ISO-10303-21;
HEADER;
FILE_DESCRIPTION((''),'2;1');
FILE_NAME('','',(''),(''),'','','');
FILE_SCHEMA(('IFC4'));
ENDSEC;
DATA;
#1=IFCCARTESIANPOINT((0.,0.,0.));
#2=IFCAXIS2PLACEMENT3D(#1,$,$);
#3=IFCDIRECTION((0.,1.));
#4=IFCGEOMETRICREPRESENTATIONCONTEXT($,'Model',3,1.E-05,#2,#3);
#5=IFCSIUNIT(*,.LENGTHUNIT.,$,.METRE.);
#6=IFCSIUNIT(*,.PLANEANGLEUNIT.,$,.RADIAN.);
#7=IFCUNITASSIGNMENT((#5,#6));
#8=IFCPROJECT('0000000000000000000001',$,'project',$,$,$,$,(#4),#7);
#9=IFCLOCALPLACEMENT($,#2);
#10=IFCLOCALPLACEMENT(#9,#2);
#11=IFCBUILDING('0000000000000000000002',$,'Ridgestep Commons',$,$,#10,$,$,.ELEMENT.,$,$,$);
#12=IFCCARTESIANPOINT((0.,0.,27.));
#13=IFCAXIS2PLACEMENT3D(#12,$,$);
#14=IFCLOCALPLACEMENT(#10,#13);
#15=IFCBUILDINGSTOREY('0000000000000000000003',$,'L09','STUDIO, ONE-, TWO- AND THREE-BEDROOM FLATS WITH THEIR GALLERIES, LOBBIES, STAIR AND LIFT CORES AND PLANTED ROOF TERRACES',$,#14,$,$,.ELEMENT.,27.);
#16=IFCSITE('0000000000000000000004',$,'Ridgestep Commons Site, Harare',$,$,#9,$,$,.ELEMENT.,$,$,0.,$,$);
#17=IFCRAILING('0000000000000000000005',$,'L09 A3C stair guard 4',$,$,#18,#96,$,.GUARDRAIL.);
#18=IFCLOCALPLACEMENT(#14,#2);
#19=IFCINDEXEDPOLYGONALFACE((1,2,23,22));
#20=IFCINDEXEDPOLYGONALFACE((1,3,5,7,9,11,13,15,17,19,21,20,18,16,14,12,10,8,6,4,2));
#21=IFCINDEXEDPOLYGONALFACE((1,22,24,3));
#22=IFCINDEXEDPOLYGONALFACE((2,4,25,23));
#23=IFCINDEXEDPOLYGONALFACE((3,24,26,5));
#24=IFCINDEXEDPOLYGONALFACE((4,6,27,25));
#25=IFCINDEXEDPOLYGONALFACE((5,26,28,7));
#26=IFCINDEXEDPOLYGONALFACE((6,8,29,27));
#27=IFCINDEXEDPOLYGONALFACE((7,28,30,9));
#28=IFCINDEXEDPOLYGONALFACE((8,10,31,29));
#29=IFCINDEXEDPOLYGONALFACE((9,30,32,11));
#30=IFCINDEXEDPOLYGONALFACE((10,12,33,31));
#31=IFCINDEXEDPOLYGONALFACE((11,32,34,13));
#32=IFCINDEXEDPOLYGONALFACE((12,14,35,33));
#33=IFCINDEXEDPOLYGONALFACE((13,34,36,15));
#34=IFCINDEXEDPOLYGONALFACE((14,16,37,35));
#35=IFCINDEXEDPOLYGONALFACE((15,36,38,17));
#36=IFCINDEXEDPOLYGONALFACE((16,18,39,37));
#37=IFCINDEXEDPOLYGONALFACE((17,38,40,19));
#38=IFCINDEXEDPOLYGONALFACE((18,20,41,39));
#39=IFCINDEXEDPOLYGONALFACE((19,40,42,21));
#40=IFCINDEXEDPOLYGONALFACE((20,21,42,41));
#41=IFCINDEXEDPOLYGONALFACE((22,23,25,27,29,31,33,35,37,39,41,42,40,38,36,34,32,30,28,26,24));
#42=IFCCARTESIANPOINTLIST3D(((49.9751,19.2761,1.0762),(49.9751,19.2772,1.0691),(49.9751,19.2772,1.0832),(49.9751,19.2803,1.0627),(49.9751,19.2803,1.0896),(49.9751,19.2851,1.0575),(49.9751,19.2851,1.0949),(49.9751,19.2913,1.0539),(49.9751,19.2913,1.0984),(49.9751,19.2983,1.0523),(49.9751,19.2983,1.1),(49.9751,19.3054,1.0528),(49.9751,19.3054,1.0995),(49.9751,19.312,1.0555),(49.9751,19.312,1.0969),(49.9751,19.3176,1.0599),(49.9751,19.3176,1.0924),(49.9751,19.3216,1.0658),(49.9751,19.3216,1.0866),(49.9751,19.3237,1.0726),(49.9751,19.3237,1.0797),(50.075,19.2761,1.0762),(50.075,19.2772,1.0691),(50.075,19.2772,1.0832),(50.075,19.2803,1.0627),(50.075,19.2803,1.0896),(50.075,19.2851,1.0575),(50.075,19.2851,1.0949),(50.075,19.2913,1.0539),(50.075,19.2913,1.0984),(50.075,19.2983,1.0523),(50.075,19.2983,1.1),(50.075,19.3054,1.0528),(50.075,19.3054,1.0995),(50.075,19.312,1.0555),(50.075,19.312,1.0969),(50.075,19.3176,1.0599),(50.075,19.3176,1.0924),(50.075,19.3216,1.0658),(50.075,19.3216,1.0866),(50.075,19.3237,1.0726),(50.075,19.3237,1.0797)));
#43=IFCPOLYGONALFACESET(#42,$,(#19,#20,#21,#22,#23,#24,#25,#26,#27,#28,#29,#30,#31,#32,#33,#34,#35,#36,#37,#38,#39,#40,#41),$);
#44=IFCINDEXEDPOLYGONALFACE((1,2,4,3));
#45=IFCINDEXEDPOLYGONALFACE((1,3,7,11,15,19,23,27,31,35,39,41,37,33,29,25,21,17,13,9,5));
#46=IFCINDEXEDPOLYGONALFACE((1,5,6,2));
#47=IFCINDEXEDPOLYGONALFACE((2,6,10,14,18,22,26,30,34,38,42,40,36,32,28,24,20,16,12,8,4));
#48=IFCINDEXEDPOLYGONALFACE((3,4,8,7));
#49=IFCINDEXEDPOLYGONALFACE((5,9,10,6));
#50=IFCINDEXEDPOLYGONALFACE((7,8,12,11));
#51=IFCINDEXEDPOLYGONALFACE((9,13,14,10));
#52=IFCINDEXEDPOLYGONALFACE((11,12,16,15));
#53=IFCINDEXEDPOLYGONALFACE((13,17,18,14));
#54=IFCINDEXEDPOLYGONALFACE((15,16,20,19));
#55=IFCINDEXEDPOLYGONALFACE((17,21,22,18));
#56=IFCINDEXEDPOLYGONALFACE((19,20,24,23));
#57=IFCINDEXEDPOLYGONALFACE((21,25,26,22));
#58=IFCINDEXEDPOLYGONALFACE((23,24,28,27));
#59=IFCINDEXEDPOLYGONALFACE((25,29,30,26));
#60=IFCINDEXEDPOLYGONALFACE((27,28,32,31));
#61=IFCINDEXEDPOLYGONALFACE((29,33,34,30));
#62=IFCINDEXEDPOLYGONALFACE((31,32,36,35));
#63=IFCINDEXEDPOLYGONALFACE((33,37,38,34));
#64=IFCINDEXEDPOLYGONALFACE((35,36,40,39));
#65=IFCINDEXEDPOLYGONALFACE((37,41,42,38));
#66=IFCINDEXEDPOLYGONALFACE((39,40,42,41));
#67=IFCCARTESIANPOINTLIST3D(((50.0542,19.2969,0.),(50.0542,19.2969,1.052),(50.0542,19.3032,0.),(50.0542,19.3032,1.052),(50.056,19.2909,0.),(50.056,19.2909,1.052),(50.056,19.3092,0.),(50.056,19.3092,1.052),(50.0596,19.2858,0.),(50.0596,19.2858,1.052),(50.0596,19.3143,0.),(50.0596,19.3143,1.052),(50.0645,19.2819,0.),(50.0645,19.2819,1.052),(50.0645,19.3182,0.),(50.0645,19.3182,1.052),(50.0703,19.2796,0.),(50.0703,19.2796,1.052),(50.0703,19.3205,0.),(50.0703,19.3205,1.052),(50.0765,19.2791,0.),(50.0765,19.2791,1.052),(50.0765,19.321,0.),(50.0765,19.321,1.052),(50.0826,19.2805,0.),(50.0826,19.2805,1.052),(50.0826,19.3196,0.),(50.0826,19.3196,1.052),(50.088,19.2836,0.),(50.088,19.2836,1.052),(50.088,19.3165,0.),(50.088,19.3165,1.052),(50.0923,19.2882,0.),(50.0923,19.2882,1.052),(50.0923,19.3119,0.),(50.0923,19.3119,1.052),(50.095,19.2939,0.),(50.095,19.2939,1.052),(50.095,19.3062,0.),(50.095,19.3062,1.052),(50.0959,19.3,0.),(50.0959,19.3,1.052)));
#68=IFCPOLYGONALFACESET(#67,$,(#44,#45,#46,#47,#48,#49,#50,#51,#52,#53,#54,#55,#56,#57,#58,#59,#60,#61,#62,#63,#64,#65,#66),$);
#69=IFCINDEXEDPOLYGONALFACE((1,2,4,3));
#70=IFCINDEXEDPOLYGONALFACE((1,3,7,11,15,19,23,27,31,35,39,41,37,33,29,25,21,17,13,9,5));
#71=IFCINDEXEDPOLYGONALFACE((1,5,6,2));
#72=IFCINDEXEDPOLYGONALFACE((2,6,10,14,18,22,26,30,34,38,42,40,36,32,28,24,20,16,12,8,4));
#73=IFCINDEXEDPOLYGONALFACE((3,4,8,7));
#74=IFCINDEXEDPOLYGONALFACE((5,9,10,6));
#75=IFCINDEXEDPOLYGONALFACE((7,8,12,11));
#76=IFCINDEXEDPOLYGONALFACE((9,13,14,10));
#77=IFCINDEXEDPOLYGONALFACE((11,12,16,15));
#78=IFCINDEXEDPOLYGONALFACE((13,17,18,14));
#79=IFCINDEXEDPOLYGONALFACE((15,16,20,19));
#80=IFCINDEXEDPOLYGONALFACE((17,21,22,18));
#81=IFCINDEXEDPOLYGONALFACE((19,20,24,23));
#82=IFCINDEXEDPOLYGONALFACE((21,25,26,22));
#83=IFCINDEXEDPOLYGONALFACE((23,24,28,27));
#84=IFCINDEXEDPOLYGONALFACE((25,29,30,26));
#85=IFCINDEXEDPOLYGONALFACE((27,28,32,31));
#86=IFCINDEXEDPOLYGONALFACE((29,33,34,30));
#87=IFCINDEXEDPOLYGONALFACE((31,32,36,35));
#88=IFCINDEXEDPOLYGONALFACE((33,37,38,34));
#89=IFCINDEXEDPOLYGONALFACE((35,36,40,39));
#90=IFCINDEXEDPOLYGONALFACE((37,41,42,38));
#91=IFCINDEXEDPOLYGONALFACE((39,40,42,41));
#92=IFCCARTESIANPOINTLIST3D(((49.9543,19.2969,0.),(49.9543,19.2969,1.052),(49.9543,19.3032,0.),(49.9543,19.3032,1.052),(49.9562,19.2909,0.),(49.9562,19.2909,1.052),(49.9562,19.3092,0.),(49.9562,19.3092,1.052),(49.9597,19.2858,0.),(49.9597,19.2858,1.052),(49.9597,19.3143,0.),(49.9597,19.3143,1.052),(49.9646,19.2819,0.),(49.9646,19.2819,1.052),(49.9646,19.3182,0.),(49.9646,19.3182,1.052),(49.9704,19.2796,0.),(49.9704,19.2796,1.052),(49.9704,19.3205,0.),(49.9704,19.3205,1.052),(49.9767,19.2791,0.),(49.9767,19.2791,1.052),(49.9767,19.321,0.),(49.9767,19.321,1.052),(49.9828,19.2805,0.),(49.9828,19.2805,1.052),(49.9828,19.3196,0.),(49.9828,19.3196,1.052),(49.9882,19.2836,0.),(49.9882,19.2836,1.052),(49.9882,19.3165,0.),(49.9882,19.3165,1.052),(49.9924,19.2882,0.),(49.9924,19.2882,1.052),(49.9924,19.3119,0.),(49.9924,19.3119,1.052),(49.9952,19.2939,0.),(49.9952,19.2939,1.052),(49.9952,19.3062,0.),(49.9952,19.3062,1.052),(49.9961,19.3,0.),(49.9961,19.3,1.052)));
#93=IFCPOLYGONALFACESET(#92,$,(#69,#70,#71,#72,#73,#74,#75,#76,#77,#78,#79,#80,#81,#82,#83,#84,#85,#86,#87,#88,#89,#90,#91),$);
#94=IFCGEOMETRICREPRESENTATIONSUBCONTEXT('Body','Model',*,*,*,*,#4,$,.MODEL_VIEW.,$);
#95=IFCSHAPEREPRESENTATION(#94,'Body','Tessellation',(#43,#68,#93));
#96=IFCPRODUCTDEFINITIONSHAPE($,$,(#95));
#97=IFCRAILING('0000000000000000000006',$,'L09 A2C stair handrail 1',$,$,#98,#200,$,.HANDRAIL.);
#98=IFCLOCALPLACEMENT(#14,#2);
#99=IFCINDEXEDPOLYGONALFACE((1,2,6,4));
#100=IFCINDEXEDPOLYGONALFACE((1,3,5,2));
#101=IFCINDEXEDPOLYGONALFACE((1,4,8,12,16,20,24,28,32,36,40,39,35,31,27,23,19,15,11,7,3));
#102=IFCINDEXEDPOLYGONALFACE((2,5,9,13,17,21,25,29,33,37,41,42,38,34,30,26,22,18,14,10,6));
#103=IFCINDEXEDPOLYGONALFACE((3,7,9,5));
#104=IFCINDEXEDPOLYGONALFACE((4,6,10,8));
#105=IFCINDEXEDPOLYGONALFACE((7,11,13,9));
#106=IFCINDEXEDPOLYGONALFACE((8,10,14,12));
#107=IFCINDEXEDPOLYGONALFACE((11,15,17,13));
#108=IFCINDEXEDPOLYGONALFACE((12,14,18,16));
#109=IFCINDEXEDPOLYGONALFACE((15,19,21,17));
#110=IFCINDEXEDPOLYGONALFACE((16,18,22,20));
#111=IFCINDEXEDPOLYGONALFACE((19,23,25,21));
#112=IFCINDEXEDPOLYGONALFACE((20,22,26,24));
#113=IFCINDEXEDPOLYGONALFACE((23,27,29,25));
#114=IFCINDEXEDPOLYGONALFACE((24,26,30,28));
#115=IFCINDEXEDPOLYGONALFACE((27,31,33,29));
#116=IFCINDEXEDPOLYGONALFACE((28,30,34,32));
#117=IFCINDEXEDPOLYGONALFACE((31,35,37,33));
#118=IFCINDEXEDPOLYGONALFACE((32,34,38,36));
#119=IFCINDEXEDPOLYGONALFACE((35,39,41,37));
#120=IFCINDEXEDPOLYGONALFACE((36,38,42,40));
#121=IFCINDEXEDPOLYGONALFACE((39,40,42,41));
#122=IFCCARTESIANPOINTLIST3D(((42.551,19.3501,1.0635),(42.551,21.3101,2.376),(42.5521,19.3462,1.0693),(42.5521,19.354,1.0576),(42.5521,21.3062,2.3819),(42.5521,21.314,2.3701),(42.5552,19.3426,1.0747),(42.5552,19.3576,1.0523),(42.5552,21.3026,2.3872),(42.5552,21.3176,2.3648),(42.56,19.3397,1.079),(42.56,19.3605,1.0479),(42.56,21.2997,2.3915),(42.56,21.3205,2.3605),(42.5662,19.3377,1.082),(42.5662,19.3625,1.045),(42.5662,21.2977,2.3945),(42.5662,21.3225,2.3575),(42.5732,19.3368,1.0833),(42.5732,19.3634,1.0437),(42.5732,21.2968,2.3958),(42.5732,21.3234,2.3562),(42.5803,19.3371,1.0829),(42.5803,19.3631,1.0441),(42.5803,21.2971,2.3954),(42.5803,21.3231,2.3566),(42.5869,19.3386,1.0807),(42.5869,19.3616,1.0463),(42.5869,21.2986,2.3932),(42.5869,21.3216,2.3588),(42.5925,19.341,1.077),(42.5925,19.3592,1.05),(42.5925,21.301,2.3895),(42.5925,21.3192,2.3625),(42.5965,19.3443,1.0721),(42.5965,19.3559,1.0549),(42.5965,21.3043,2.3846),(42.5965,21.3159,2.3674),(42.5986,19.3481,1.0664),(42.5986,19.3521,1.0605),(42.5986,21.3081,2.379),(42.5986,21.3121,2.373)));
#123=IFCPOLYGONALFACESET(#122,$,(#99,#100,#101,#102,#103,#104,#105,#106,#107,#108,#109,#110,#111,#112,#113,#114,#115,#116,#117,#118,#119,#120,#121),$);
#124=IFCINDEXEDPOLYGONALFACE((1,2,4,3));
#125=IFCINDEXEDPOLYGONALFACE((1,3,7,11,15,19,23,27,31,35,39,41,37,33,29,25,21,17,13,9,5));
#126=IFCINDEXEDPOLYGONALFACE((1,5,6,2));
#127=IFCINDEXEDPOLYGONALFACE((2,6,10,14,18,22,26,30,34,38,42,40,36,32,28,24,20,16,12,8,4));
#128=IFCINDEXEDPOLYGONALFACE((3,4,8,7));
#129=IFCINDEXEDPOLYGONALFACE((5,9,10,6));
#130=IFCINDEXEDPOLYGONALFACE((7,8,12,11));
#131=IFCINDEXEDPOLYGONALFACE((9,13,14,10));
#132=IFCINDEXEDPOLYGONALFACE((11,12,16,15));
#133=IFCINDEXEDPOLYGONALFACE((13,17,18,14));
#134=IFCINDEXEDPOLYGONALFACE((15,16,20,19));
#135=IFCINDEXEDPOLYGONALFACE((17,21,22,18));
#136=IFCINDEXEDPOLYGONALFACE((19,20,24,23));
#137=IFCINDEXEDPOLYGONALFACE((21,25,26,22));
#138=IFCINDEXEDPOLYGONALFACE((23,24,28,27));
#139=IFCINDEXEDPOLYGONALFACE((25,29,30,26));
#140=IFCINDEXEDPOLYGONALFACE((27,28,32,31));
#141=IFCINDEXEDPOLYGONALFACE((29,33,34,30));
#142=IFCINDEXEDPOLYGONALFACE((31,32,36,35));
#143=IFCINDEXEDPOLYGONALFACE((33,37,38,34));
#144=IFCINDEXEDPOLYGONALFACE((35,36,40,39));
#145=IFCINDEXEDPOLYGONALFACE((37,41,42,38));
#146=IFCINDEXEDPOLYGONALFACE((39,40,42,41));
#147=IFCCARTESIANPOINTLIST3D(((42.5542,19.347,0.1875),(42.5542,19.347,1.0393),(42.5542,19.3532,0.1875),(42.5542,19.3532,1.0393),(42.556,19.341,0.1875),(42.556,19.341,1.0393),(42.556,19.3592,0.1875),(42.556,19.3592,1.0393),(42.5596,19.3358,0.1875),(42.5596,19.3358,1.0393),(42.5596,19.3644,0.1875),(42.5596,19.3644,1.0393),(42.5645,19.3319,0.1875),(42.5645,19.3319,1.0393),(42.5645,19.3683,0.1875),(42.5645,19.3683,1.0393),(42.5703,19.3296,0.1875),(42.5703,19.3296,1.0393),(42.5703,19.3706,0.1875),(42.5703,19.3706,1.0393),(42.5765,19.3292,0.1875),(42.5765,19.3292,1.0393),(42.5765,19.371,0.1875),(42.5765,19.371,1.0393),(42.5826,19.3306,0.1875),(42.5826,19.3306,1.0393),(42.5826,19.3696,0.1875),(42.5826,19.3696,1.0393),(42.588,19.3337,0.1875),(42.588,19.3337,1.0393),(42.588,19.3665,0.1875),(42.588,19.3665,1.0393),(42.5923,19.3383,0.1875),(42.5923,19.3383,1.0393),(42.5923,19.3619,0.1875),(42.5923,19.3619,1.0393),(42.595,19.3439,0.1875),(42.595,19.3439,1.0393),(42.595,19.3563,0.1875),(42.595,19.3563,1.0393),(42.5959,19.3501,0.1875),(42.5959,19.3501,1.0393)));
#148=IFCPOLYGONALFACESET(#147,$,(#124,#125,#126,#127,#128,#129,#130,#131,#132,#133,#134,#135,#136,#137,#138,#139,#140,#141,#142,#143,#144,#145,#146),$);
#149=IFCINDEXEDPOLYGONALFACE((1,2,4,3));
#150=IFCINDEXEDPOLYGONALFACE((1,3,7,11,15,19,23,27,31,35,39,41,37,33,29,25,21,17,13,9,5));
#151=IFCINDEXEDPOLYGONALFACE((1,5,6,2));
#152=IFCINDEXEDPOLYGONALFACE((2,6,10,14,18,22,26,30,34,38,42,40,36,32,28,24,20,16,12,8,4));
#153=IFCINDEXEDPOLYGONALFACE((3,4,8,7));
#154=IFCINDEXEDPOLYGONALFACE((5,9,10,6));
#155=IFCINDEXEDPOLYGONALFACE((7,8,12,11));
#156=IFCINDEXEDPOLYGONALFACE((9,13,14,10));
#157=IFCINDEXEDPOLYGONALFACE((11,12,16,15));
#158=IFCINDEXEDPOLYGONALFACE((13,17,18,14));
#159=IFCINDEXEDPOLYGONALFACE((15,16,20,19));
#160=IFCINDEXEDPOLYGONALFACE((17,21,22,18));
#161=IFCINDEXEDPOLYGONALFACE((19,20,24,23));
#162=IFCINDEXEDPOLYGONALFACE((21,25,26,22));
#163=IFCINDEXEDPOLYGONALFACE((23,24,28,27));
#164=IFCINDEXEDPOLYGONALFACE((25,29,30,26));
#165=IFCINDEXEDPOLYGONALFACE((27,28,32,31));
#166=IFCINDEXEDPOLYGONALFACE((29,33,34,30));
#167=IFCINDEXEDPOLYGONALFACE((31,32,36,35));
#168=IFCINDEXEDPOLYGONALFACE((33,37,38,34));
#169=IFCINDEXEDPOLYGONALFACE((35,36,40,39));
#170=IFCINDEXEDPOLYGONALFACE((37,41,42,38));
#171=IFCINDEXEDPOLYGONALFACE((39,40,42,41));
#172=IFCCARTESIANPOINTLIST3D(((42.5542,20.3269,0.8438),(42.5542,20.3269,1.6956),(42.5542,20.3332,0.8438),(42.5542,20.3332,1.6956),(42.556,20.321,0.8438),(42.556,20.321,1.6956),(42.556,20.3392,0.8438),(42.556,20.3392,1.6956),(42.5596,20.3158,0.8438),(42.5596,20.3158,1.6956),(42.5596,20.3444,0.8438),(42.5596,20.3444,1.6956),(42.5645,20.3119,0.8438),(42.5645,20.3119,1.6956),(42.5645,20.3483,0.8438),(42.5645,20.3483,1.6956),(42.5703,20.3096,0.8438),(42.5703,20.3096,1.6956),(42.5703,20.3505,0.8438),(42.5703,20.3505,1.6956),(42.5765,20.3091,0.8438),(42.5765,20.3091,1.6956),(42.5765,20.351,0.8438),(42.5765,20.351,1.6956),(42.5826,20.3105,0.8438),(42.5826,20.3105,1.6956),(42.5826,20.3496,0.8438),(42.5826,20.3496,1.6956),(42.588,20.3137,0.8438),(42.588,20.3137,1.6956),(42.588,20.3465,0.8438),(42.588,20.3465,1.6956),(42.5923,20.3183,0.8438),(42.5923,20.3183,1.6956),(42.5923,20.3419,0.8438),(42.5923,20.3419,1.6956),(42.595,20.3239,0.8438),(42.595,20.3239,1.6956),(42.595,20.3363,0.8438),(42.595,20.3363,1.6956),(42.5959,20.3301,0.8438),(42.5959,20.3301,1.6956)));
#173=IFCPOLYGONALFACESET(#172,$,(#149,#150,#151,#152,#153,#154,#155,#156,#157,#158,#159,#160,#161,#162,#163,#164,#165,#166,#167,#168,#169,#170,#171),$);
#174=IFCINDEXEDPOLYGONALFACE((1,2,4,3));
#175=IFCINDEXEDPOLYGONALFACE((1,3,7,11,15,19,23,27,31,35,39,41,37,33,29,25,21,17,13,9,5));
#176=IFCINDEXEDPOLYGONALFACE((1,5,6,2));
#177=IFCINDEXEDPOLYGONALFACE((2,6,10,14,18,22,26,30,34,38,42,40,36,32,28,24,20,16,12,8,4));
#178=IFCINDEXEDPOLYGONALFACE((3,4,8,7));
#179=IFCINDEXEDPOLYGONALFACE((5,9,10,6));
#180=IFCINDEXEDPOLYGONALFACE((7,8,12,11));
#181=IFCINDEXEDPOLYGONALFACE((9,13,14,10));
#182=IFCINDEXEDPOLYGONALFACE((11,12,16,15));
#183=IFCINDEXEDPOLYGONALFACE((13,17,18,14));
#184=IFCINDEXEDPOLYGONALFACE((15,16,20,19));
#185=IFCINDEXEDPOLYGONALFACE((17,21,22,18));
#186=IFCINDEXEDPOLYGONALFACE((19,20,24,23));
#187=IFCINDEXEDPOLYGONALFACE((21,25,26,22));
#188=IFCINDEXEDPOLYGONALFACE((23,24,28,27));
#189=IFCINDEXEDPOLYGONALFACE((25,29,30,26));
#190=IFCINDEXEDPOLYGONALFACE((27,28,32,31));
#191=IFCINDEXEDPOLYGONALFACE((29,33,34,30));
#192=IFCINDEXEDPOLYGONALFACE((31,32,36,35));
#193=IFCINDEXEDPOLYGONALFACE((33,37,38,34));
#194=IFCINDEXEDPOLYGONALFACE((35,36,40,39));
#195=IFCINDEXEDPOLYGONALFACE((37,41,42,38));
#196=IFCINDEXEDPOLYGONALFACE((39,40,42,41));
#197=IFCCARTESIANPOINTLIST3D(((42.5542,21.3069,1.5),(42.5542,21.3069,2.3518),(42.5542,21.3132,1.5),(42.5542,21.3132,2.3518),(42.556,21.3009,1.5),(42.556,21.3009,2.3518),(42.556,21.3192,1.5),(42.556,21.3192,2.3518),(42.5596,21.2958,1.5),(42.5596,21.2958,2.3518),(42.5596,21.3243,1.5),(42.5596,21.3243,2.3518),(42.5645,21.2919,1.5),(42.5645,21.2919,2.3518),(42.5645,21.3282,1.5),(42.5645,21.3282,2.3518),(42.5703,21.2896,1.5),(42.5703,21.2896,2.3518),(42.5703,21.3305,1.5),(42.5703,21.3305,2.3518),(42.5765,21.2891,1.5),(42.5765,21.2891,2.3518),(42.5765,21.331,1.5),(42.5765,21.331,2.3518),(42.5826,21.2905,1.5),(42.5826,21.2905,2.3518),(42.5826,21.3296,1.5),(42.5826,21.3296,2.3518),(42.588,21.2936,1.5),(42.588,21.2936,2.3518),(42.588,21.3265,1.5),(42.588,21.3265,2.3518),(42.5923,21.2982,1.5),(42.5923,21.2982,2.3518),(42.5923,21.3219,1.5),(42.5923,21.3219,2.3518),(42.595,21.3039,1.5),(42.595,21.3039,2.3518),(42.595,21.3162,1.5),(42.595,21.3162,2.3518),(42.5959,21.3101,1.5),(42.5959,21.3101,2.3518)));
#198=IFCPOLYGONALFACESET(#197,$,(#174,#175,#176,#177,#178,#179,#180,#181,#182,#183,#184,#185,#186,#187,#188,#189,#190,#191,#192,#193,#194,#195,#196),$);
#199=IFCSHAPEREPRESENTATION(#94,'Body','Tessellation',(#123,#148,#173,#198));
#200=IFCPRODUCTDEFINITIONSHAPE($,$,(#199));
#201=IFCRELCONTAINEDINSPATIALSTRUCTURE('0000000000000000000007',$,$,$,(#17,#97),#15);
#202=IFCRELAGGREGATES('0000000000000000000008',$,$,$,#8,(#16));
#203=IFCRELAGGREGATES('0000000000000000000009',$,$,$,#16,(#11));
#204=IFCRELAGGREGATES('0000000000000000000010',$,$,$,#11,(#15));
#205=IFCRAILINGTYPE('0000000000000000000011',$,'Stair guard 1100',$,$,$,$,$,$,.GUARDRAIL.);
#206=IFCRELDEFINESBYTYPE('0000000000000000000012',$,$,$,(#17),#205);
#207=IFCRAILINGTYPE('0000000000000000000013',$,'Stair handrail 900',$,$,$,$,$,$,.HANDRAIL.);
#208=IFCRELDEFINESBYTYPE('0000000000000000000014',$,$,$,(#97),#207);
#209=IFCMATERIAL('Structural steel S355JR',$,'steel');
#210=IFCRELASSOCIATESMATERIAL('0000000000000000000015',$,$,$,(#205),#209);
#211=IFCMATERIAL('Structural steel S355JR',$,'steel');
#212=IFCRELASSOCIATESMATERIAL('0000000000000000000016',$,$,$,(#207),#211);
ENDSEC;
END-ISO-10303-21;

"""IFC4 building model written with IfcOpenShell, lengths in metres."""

from ifc_helpers import new_model, si_unit, direction, frame, origin, origin_2d, place, context, subcontext, project, spatial, circle, extrude, material, type_object, element, save


model = new_model("IFC4")

# Units and contexts
model_context = context("Model", 3, precision=1e-05, world=origin(), true_north=direction((0.0, 1.0)))
body_context = subcontext(model_context, "Body", "Model", "MODEL_VIEW")
ifc_project = project(units=[si_unit("LENGTHUNIT", "METRE"), si_unit("PLANEANGLEUNIT", "RADIAN")], contexts=[model_context])

# Site, building, storey
site_placement = place(None, origin())
site = spatial("IfcSite", under=ifc_project, at=site_placement, Name="Ridgestep Commons Site, Harare", CompositionType="ELEMENT", RefElevation=0.0)
building_placement = place(site_placement, origin())
building = spatial("IfcBuilding", under=site, at=building_placement, Name="Ridgestep Commons", CompositionType="ELEMENT")
storey_placement = place(building_placement, frame((0.0, 0.0, 27.0)))
storey = spatial("IfcBuildingStorey", under=building, at=storey_placement, Name="L09", Description="STUDIO, ONE-, TWO- AND THREE-BEDROOM FLATS WITH THEIR GALLERIES, LOBBIES, STAIR AND LIFT CORES AND PLANTED ROOF TERRACES", CompositionType="ELEMENT", Elevation=27.0)

# Railings
ifc_material_1 = material(Name="Structural steel S355JR", Category="steel")
railing_type_1 = type_object("IfcRailingType", Name="Stair guard 1100", PredefinedType="GUARDRAIL", material=ifc_material_1)
railing_1_placement = place(storey_placement, frame((50.075, 19.3, 0.0)))
element("IfcRailing", 1, at=railing_1_placement, inside=storey, type_object=railing_type_1, Name="L09 A3C stair guard 4", PredefinedType="GUARDRAIL", context=body_context, shape_type="SweptSolid", body=[
    extrude(circle(Radius=0.0239, at=origin_2d()), frame((0.0, 0.0, 1.0762), z_axis=(-1.0, 0.0, 0.0), x_axis=(0.0, -1.0, 0.0)), (0.0, 0.0, 1.0), 0.0999),
    extrude(circle(Radius=0.021, at=origin_2d()), origin(), (0.0, 0.0, 1.0), 1.052),
    extrude(circle(Radius=0.021, at=origin_2d()), frame((-0.0999, 0.0, 0.0)), (0.0, 0.0, 1.0), 1.052),
])
ifc_material_2 = material(Name="Structural steel S355JR", Category="steel")
railing_type_2 = type_object("IfcRailingType", Name="Stair handrail 900", PredefinedType="HANDRAIL", material=ifc_material_2)
railing_2_placement = place(storey_placement, frame((42.575, 19.3501, 0.1875)))
element("IfcRailing", 2, at=railing_2_placement, inside=storey, type_object=railing_type_2, Name="L09 A2C stair handrail 1", PredefinedType="HANDRAIL", context=body_context, shape_type="SweptSolid", body=[
    extrude(circle(Radius=0.0239, at=origin_2d()), frame((0.0, 0.0, 0.876), z_axis=(0.0, 0.830902, 0.556419), x_axis=(-1.0, 0.0, 0.0)), (0.0, 0.0, 1.0), 2.3589),
    extrude(circle(Radius=0.021, at=origin_2d()), origin(), (0.0, 0.0, 1.0), 0.8518),
    extrude(circle(Radius=0.021, at=origin_2d()), frame((0.0, 0.98, 0.6562)), (0.0, 0.0, 1.0), 0.8518),
    extrude(circle(Radius=0.021, at=origin_2d()), frame((0.0, 1.96, 1.3125)), (0.0, 0.0, 1.0), 0.8518),
])

save(model, "model.ifc")
